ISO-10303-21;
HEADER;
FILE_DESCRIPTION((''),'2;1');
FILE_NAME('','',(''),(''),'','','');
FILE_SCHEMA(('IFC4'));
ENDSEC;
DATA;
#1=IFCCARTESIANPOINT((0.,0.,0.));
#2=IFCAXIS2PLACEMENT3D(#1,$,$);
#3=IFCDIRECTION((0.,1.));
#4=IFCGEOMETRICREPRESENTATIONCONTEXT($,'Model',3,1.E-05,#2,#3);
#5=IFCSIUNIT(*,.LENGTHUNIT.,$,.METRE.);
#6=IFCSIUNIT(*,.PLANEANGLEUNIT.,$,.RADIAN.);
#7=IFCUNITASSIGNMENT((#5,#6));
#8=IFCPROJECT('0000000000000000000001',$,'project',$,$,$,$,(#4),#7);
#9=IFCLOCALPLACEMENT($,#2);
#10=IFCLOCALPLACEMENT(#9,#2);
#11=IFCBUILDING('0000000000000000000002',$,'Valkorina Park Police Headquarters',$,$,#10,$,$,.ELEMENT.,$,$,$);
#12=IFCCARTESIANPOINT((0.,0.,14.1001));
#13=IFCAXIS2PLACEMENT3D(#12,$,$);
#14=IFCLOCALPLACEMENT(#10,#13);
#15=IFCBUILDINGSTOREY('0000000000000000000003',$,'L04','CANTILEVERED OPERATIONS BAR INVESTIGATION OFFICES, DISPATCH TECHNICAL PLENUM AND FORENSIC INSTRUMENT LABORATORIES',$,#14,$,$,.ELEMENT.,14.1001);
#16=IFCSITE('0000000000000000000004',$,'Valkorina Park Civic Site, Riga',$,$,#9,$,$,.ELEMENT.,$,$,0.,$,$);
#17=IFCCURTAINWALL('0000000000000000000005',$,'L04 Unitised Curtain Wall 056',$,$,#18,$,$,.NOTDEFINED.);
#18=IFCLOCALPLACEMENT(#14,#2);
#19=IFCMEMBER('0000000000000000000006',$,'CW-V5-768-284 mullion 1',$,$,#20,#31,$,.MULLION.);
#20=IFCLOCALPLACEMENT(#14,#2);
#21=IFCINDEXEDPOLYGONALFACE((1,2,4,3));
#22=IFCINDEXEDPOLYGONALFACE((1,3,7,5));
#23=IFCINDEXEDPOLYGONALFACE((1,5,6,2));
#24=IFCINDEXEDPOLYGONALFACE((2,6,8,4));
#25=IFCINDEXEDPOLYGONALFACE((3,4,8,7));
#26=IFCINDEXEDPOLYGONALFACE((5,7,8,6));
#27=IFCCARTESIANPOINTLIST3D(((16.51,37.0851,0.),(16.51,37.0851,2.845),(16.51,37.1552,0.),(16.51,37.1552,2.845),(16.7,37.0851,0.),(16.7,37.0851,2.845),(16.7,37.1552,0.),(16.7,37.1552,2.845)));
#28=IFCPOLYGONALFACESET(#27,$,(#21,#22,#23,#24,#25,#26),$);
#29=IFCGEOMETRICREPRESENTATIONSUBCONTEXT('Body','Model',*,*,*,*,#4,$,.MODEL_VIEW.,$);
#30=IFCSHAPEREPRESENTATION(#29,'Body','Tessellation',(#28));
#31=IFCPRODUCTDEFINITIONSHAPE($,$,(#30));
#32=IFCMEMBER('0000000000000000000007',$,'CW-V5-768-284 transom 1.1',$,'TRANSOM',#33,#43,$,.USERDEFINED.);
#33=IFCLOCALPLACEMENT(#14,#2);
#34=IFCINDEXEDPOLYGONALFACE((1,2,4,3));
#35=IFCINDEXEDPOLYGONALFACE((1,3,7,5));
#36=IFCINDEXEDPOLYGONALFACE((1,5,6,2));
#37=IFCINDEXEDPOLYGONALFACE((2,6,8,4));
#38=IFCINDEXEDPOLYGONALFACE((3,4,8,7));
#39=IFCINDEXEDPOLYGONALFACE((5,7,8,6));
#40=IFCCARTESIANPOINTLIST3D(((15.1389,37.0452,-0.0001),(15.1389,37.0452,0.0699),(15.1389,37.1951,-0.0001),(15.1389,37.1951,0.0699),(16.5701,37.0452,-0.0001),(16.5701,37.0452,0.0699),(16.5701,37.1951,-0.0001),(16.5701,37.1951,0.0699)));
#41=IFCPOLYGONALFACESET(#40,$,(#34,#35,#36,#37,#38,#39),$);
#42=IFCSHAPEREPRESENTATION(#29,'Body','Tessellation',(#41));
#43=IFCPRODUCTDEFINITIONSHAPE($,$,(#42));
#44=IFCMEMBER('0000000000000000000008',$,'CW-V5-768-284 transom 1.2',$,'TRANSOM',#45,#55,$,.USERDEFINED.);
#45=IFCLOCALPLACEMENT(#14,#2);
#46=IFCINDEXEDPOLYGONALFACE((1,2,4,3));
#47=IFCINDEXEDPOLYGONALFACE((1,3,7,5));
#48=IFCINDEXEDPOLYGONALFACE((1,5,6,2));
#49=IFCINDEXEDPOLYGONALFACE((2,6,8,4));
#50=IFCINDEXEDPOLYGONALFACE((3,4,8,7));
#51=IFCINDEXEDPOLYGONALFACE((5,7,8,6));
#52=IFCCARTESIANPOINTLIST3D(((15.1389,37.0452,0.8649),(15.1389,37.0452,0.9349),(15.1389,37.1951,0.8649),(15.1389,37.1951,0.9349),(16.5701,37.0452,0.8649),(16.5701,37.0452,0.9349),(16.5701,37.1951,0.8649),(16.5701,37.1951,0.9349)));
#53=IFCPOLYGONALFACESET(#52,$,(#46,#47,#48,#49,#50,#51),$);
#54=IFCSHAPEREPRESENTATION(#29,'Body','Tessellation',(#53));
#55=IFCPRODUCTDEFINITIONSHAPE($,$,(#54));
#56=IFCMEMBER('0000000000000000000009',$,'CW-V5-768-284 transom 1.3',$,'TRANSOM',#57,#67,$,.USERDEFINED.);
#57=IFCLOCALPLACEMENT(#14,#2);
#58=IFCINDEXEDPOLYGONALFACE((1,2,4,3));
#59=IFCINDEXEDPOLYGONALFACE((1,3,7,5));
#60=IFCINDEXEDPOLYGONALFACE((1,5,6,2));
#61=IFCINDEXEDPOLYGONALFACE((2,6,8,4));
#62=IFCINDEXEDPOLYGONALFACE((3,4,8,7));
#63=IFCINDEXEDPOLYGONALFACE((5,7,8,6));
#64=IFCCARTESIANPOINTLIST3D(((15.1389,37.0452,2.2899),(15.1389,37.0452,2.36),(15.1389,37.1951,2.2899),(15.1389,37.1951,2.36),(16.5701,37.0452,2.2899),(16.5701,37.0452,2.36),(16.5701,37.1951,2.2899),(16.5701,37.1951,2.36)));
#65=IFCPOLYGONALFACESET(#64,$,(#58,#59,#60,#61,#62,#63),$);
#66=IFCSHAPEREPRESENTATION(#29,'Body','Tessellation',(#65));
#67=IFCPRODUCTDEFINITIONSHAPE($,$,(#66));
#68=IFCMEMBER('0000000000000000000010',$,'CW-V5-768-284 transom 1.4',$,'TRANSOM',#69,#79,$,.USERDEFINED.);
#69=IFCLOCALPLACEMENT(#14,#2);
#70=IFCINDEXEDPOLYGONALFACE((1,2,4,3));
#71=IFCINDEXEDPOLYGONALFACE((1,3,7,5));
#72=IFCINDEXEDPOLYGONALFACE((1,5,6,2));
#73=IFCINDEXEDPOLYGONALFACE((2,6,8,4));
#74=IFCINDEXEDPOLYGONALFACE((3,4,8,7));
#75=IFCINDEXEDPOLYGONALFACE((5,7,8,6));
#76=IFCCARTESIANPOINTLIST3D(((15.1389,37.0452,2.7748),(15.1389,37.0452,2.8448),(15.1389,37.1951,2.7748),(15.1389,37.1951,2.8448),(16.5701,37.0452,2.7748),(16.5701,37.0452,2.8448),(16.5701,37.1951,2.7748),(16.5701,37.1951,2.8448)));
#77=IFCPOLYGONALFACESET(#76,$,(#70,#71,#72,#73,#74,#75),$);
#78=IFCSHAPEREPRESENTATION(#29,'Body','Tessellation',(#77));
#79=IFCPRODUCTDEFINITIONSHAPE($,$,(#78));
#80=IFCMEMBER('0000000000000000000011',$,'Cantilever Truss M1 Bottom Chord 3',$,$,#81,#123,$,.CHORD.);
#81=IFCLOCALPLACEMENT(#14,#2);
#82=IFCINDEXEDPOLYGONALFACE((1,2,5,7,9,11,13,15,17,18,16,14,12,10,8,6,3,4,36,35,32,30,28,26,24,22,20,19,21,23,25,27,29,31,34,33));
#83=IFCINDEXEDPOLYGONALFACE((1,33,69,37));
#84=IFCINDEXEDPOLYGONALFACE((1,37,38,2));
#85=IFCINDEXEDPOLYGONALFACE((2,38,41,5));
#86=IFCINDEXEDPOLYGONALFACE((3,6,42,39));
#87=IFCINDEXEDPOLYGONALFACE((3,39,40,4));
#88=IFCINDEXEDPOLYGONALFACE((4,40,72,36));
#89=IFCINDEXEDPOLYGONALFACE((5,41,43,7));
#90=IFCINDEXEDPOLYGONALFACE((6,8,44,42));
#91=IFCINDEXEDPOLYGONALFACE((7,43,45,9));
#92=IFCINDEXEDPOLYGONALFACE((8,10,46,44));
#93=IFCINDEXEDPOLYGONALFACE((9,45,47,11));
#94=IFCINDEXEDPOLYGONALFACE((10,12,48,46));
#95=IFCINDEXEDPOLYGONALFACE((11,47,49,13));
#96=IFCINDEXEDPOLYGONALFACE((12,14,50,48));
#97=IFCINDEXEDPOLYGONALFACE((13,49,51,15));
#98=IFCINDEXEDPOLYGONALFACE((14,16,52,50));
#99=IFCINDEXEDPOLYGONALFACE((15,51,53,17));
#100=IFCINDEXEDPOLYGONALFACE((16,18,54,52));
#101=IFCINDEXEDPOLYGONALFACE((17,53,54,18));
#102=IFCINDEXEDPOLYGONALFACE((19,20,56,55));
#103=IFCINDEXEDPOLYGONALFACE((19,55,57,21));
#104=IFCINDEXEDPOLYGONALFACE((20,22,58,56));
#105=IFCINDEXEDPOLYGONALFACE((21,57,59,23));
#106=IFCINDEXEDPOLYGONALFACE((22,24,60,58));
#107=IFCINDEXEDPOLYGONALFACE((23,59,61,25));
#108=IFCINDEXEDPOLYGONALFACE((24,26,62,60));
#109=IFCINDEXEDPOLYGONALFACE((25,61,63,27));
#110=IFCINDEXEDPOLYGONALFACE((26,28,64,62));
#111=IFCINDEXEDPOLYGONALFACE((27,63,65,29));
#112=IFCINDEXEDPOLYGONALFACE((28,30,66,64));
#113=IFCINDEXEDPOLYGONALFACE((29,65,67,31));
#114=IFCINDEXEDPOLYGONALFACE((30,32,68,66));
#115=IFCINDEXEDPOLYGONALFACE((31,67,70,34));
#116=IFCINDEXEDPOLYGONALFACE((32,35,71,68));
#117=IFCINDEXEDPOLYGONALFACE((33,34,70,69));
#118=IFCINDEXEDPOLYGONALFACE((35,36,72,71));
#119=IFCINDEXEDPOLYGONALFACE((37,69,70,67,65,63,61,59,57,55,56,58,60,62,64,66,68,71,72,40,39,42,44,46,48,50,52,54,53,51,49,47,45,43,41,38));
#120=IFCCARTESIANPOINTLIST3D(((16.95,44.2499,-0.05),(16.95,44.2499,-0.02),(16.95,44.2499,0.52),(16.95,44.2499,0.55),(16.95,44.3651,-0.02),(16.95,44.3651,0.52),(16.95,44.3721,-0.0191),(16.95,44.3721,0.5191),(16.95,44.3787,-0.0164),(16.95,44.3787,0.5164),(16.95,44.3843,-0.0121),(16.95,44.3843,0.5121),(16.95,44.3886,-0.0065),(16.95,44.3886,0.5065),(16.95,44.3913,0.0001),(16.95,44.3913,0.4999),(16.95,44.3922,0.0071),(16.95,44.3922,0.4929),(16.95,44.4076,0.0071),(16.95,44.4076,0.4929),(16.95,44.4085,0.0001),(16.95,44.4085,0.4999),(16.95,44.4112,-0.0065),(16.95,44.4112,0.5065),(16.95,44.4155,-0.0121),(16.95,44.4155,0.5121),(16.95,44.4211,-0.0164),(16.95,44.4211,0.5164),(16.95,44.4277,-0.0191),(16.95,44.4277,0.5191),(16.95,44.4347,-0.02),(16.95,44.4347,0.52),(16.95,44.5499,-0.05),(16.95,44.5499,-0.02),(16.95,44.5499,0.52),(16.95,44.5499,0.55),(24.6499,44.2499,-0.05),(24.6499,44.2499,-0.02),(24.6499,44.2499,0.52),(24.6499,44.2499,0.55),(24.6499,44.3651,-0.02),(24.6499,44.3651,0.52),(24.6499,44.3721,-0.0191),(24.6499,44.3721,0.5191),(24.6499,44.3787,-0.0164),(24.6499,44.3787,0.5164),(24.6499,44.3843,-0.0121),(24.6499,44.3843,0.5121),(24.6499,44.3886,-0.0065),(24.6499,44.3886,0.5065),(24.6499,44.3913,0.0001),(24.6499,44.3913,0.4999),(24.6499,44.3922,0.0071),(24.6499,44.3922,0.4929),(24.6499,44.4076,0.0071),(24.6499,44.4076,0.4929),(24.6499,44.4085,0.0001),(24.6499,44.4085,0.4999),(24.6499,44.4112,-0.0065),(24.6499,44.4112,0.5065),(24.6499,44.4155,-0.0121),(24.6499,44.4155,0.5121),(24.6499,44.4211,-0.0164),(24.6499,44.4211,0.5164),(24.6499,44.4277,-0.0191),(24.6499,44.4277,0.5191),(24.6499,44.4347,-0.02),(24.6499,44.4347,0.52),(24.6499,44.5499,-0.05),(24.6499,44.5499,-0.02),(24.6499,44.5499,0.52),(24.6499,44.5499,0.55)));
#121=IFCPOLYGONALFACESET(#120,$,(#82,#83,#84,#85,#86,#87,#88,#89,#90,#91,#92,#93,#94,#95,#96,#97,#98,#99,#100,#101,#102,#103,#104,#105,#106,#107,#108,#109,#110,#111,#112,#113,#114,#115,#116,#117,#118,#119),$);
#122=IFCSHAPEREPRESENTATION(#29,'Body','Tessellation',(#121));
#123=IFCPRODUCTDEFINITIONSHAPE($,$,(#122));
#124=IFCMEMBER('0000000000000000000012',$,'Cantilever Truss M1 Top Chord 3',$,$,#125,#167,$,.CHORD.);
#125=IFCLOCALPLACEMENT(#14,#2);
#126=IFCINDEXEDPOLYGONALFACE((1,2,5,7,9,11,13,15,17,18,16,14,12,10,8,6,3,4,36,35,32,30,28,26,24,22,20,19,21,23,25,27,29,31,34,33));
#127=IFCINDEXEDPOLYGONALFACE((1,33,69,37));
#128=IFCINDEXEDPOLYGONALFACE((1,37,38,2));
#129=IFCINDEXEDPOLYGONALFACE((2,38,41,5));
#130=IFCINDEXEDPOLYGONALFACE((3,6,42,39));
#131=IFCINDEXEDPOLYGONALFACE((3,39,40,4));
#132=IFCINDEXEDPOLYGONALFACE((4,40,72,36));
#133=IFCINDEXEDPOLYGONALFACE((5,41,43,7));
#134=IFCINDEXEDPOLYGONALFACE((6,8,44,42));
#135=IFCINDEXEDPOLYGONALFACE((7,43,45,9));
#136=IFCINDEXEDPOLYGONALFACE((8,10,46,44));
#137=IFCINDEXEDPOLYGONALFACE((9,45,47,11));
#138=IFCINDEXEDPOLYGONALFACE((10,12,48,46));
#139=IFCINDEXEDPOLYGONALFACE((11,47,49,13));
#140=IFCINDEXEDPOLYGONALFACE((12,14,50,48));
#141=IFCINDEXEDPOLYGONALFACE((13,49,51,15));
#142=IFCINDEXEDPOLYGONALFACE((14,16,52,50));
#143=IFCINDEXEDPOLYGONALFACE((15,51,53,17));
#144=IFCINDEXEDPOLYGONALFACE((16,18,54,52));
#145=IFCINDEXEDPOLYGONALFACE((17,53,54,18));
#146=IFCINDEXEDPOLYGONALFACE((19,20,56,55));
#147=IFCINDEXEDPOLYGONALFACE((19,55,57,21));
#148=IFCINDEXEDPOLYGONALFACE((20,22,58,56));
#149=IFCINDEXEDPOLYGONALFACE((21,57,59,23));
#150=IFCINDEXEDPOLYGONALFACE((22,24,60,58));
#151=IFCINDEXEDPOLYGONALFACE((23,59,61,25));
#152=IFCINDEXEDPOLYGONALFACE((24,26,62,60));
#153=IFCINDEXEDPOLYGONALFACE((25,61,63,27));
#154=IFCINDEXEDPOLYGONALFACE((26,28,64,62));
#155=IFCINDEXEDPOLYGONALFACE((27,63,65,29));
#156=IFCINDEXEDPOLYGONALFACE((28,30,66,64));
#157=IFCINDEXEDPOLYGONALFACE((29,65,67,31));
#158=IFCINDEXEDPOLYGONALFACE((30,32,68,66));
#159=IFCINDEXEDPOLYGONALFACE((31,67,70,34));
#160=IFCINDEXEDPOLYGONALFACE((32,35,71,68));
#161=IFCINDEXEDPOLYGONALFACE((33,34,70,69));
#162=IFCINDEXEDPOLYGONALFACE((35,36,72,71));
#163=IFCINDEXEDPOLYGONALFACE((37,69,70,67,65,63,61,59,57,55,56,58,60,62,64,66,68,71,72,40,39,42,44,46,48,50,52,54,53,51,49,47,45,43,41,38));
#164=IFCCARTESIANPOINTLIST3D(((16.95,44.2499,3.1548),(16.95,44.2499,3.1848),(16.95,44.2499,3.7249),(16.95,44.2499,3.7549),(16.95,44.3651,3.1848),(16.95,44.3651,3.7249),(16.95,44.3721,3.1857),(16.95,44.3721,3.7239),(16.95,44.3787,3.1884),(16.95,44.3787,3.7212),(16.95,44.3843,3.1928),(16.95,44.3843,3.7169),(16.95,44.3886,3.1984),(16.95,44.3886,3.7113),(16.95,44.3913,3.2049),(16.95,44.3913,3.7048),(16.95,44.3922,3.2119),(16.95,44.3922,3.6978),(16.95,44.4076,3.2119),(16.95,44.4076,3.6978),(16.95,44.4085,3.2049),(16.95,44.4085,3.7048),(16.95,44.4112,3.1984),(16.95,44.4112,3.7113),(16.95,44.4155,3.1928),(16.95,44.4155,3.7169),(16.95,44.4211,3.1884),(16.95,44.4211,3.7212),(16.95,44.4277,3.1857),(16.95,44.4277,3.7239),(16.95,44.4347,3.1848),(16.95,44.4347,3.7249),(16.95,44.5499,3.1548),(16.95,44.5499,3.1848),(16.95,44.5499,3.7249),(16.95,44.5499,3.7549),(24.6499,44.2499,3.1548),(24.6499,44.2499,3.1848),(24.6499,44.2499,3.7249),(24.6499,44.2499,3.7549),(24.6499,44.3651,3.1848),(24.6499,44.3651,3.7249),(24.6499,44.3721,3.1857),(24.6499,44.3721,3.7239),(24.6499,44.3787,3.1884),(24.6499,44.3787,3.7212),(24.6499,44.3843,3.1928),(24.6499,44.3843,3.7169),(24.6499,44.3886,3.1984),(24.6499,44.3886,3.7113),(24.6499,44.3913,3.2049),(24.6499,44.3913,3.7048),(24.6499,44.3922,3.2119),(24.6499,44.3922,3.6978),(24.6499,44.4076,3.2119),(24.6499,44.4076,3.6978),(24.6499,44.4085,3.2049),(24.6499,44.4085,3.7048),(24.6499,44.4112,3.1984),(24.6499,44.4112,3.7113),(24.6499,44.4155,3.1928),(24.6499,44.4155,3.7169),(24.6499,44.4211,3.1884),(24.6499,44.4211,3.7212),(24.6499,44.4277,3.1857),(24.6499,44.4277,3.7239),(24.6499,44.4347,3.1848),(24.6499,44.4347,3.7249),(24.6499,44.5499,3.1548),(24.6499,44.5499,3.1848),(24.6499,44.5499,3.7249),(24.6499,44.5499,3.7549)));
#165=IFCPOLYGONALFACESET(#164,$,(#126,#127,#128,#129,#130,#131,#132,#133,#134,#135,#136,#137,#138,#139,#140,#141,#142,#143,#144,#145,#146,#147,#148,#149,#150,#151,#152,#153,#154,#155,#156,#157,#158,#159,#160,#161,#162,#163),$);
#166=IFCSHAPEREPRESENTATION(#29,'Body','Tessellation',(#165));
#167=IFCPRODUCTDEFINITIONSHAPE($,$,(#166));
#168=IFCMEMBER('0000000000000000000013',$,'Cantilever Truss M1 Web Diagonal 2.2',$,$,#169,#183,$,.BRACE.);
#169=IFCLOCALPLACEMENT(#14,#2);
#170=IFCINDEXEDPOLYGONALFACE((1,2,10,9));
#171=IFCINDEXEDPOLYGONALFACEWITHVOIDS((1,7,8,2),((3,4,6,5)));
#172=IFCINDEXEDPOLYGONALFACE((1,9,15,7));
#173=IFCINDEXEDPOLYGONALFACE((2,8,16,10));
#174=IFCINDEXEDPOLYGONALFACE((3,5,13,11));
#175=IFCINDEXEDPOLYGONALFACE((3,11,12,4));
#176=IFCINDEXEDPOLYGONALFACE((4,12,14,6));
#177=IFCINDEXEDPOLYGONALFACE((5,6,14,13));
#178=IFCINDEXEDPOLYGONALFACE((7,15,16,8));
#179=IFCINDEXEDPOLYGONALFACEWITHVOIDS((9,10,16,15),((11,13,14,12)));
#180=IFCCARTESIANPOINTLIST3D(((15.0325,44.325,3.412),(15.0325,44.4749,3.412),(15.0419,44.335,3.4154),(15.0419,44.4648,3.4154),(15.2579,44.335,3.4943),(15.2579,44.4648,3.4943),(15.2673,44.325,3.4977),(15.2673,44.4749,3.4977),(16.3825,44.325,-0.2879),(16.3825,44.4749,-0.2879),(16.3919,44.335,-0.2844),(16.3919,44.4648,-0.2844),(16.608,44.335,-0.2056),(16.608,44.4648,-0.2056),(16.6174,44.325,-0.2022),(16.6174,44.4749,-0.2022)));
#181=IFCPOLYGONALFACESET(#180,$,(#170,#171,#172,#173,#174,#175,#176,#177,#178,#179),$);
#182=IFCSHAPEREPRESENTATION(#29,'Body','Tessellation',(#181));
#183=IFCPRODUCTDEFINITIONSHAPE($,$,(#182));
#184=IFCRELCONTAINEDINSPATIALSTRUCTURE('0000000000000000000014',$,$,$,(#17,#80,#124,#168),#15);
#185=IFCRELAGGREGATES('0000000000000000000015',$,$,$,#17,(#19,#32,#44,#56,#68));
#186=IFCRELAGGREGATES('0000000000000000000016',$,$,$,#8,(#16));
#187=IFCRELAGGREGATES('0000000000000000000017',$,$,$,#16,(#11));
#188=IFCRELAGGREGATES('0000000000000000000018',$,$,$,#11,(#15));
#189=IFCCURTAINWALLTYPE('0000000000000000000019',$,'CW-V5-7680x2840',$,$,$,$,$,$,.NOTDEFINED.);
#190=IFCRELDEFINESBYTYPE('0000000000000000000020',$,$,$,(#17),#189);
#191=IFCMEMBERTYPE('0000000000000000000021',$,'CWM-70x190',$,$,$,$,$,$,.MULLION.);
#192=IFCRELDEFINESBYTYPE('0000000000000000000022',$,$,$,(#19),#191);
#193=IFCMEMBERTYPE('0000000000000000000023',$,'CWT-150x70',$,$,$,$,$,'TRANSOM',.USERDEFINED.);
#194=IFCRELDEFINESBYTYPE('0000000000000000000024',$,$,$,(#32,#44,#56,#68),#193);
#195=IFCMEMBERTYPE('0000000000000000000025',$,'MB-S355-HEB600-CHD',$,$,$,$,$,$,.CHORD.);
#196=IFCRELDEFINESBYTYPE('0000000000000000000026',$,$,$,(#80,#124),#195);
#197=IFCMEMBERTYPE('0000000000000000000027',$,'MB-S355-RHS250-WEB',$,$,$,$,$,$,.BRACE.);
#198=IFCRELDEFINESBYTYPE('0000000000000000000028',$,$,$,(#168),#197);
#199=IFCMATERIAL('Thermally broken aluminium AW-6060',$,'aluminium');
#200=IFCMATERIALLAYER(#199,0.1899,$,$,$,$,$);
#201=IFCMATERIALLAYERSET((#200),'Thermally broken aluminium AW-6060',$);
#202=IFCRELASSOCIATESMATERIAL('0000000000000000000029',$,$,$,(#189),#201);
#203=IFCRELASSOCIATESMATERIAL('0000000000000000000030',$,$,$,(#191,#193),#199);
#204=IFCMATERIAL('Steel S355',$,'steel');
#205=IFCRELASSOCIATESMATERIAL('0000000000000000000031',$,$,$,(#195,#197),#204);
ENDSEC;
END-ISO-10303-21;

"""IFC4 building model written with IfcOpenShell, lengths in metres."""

from ifc_helpers import new_model, si_unit, direction, frame, origin, origin_2d, place, context, subcontext, project, spatial, rectangle, hollow_rectangle, i_section, extrude, material, layer, layer_set, material_profile, profile_set, type_object, element, aggregate, save


model = new_model("IFC4")

# Units and contexts
model_context = context("Model", 3, precision=1e-05, world=origin(), true_north=direction((0.0, 1.0)))
body_context = subcontext(model_context, "Body", "Model", "MODEL_VIEW")
ifc_project = project(units=[si_unit("LENGTHUNIT", "METRE"), si_unit("PLANEANGLEUNIT", "RADIAN")], contexts=[model_context])

# Site, building, storey
site_placement = place(None, origin())
site = spatial("IfcSite", under=ifc_project, at=site_placement, Name="Valkorina Park Civic Site, Riga", CompositionType="ELEMENT", RefElevation=0.0)
building_placement = place(site_placement, origin())
building = spatial("IfcBuilding", under=site, at=building_placement, Name="Valkorina Park Police Headquarters", CompositionType="ELEMENT")
storey_placement = place(building_placement, frame((0.0, 0.0, 14.1001)))
storey = spatial("IfcBuildingStorey", under=building, at=storey_placement, Name="L04", Description="CANTILEVERED OPERATIONS BAR INVESTIGATION OFFICES, DISPATCH TECHNICAL PLENUM AND FORENSIC INSTRUMENT LABORATORIES", CompositionType="ELEMENT", Elevation=14.1001)

# Shared definitions
ifc_material_1 = material(Name="Steel S355", Category="steel")

# Curtain wall, members
ifc_material_2 = material(Name="Thermally broken aluminium AW-6060", Category="aluminium")
ifc_layer_1 = layer(ifc_material_2, 0.1899)
ifc_layer_set_1 = layer_set([ifc_layer_1], Name="Thermally broken aluminium AW-6060")
curtain_wall_type = type_object("IfcCurtainWallType", Name="CW-V5-7680x2840", PredefinedType="NOTDEFINED", material=ifc_layer_set_1)
curtain_wall_placement = place(storey_placement, origin())
curtain_wall = element("IfcCurtainWall", 1, at=curtain_wall_placement, inside=storey, type_object=curtain_wall_type, Name="L04 Unitised Curtain Wall 056", PredefinedType="NOTDEFINED")
ifc_material_profile_1 = material_profile(ifc_material_2, rectangle(XDim=0.0701, YDim=0.1899, at=origin_2d()), Name="CWM-02 70x190")
ifc_profile_set_1 = profile_set([ifc_material_profile_1], Name="Thermally broken aluminium AW-6060")
member_type_1 = type_object("IfcMemberType", Name="CWM-70x190", PredefinedType="MULLION", material=ifc_profile_set_1)
member_1_placement = place(storey_placement, frame((16.605, 37.1201, 0.0), z_axis=(0.0, 0.0, 1.0), x_axis=(0.0, -1.0, 0.0)))
member_1 = element("IfcMember", 2, at=member_1_placement, type_object=member_type_1, Name="CW-V5-768-284 mullion 1", PredefinedType="MULLION", context=body_context, shape_type="SweptSolid", body=[
    extrude(rectangle(XDim=0.0701, YDim=0.1899, at=origin_2d()), origin(), (0.0, 0.0, 1.0), 2.845),
])
ifc_material_profile_2 = material_profile(ifc_material_2, rectangle(XDim=0.1499, YDim=0.0701, at=origin_2d()), Name="CWT-02 150x70")
ifc_profile_set_2 = profile_set([ifc_material_profile_2], Name="Thermally broken aluminium AW-6060")
member_type_2 = type_object("IfcMemberType", Name="CWT-150x70", ElementType="TRANSOM", PredefinedType="USERDEFINED", material=ifc_profile_set_2)
member_2_placement = place(storey_placement, frame((16.5701, 37.1201, 0.0349), z_axis=(-1.0, 0.0, 0.0), x_axis=(0.0, -1.0, 0.0)))
member_2 = element("IfcMember", 3, at=member_2_placement, type_object=member_type_2, Name="CW-V5-768-284 transom 1.1", ObjectType="TRANSOM", PredefinedType="USERDEFINED", context=body_context, shape_type="SweptSolid", body=[
    extrude(rectangle(XDim=0.1499, YDim=0.0701, at=origin_2d()), origin(), (0.0, 0.0, 1.0), 1.4312),
])
member_3_placement = place(storey_placement, frame((16.5701, 37.1201, 0.8999), z_axis=(-1.0, 0.0, 0.0), x_axis=(0.0, -1.0, 0.0)))
member_3 = element("IfcMember", 4, at=member_3_placement, type_object=member_type_2, Name="CW-V5-768-284 transom 1.2", ObjectType="TRANSOM", PredefinedType="USERDEFINED", context=body_context, shape_type="SweptSolid", body=[
    extrude(rectangle(XDim=0.1499, YDim=0.0701, at=origin_2d()), origin(), (0.0, 0.0, 1.0), 1.4312),
])
member_4_placement = place(storey_placement, frame((16.5701, 37.1201, 2.325), z_axis=(-1.0, 0.0, 0.0), x_axis=(0.0, -1.0, 0.0)))
member_4 = element("IfcMember", 5, at=member_4_placement, type_object=member_type_2, Name="CW-V5-768-284 transom 1.3", ObjectType="TRANSOM", PredefinedType="USERDEFINED", context=body_context, shape_type="SweptSolid", body=[
    extrude(rectangle(XDim=0.1499, YDim=0.0701, at=origin_2d()), origin(), (0.0, 0.0, 1.0), 1.4312),
])
member_5_placement = place(storey_placement, frame((16.5701, 37.1201, 2.8098), z_axis=(-1.0, 0.0, 0.0), x_axis=(0.0, -1.0, 0.0)))
member_5 = element("IfcMember", 6, at=member_5_placement, type_object=member_type_2, Name="CW-V5-768-284 transom 1.4", ObjectType="TRANSOM", PredefinedType="USERDEFINED", context=body_context, shape_type="SweptSolid", body=[
    extrude(rectangle(XDim=0.1499, YDim=0.0701, at=origin_2d()), origin(), (0.0, 0.0, 1.0), 1.4312),
])

# Members
ifc_material_profile_3 = material_profile(ifc_material_1, i_section(OverallWidth=0.3, OverallDepth=0.6001, WebThickness=0.0154, FlangeThickness=0.03, FilletRadius=0.0271, at=origin_2d()), Name="HEB 600")
ifc_profile_set_3 = profile_set([ifc_material_profile_3], Name="Steel S355")
member_type_3 = type_object("IfcMemberType", Name="MB-S355-HEB600-CHD", PredefinedType="CHORD", material=ifc_profile_set_3)
for number, where, z_axis, x_axis, name in (
    (7, (16.95, 44.3999, 0.25), (1.0, 0.0, 0.0), (0.0, 1.0, 0.0), "Cantilever Truss M1 Bottom Chord 3"),
    (8, (16.95, 44.3999, 3.4548), (1.0, 0.0, 0.0), (0.0, 1.0, 0.0), "Cantilever Truss M1 Top Chord 3"),
):
    element("IfcMember", number, at=place(storey_placement, frame(where, z_axis=z_axis, x_axis=x_axis)), inside=storey, type_object=member_type_3, Name=name, PredefinedType="CHORD", context=body_context, shape_type="SweptSolid", body=[
        extrude(i_section(OverallWidth=0.3, OverallDepth=0.6001, WebThickness=0.0154, FlangeThickness=0.03, FilletRadius=0.0271, at=origin_2d()), origin(), (0.0, 0.0, 1.0), 7.7),
    ])
ifc_material_profile_4 = material_profile(ifc_material_1, hollow_rectangle(XDim=0.1499, YDim=0.25, WallThickness=0.01, at=origin_2d()), Name="RHS 250x150x10")
ifc_profile_set_4 = profile_set([ifc_material_profile_4], Name="Steel S355")
member_type_4 = type_object("IfcMemberType", Name="MB-S355-RHS250-WEB", PredefinedType="BRACE", material=ifc_profile_set_4)
member_6_placement = place(storey_placement, frame((15.1499, 44.3999, 3.4548), z_axis=(0.342788, 0.0, -0.939413), x_axis=(0.0, 1.0, 0.0)))
element("IfcMember", 9, at=member_6_placement, inside=storey, type_object=member_type_4, Name="Cantilever Truss M1 Web Diagonal 2.2", PredefinedType="BRACE", context=body_context, shape_type="SweptSolid", body=[
    extrude(hollow_rectangle(XDim=0.1499, YDim=0.25, WallThickness=0.01, at=origin_2d()), origin(), (0.0, 0.0, 1.0), 3.9385),
])

aggregate(curtain_wall, [member_1, member_2, member_3, member_4, member_5])

save(model, "model.ifc")
